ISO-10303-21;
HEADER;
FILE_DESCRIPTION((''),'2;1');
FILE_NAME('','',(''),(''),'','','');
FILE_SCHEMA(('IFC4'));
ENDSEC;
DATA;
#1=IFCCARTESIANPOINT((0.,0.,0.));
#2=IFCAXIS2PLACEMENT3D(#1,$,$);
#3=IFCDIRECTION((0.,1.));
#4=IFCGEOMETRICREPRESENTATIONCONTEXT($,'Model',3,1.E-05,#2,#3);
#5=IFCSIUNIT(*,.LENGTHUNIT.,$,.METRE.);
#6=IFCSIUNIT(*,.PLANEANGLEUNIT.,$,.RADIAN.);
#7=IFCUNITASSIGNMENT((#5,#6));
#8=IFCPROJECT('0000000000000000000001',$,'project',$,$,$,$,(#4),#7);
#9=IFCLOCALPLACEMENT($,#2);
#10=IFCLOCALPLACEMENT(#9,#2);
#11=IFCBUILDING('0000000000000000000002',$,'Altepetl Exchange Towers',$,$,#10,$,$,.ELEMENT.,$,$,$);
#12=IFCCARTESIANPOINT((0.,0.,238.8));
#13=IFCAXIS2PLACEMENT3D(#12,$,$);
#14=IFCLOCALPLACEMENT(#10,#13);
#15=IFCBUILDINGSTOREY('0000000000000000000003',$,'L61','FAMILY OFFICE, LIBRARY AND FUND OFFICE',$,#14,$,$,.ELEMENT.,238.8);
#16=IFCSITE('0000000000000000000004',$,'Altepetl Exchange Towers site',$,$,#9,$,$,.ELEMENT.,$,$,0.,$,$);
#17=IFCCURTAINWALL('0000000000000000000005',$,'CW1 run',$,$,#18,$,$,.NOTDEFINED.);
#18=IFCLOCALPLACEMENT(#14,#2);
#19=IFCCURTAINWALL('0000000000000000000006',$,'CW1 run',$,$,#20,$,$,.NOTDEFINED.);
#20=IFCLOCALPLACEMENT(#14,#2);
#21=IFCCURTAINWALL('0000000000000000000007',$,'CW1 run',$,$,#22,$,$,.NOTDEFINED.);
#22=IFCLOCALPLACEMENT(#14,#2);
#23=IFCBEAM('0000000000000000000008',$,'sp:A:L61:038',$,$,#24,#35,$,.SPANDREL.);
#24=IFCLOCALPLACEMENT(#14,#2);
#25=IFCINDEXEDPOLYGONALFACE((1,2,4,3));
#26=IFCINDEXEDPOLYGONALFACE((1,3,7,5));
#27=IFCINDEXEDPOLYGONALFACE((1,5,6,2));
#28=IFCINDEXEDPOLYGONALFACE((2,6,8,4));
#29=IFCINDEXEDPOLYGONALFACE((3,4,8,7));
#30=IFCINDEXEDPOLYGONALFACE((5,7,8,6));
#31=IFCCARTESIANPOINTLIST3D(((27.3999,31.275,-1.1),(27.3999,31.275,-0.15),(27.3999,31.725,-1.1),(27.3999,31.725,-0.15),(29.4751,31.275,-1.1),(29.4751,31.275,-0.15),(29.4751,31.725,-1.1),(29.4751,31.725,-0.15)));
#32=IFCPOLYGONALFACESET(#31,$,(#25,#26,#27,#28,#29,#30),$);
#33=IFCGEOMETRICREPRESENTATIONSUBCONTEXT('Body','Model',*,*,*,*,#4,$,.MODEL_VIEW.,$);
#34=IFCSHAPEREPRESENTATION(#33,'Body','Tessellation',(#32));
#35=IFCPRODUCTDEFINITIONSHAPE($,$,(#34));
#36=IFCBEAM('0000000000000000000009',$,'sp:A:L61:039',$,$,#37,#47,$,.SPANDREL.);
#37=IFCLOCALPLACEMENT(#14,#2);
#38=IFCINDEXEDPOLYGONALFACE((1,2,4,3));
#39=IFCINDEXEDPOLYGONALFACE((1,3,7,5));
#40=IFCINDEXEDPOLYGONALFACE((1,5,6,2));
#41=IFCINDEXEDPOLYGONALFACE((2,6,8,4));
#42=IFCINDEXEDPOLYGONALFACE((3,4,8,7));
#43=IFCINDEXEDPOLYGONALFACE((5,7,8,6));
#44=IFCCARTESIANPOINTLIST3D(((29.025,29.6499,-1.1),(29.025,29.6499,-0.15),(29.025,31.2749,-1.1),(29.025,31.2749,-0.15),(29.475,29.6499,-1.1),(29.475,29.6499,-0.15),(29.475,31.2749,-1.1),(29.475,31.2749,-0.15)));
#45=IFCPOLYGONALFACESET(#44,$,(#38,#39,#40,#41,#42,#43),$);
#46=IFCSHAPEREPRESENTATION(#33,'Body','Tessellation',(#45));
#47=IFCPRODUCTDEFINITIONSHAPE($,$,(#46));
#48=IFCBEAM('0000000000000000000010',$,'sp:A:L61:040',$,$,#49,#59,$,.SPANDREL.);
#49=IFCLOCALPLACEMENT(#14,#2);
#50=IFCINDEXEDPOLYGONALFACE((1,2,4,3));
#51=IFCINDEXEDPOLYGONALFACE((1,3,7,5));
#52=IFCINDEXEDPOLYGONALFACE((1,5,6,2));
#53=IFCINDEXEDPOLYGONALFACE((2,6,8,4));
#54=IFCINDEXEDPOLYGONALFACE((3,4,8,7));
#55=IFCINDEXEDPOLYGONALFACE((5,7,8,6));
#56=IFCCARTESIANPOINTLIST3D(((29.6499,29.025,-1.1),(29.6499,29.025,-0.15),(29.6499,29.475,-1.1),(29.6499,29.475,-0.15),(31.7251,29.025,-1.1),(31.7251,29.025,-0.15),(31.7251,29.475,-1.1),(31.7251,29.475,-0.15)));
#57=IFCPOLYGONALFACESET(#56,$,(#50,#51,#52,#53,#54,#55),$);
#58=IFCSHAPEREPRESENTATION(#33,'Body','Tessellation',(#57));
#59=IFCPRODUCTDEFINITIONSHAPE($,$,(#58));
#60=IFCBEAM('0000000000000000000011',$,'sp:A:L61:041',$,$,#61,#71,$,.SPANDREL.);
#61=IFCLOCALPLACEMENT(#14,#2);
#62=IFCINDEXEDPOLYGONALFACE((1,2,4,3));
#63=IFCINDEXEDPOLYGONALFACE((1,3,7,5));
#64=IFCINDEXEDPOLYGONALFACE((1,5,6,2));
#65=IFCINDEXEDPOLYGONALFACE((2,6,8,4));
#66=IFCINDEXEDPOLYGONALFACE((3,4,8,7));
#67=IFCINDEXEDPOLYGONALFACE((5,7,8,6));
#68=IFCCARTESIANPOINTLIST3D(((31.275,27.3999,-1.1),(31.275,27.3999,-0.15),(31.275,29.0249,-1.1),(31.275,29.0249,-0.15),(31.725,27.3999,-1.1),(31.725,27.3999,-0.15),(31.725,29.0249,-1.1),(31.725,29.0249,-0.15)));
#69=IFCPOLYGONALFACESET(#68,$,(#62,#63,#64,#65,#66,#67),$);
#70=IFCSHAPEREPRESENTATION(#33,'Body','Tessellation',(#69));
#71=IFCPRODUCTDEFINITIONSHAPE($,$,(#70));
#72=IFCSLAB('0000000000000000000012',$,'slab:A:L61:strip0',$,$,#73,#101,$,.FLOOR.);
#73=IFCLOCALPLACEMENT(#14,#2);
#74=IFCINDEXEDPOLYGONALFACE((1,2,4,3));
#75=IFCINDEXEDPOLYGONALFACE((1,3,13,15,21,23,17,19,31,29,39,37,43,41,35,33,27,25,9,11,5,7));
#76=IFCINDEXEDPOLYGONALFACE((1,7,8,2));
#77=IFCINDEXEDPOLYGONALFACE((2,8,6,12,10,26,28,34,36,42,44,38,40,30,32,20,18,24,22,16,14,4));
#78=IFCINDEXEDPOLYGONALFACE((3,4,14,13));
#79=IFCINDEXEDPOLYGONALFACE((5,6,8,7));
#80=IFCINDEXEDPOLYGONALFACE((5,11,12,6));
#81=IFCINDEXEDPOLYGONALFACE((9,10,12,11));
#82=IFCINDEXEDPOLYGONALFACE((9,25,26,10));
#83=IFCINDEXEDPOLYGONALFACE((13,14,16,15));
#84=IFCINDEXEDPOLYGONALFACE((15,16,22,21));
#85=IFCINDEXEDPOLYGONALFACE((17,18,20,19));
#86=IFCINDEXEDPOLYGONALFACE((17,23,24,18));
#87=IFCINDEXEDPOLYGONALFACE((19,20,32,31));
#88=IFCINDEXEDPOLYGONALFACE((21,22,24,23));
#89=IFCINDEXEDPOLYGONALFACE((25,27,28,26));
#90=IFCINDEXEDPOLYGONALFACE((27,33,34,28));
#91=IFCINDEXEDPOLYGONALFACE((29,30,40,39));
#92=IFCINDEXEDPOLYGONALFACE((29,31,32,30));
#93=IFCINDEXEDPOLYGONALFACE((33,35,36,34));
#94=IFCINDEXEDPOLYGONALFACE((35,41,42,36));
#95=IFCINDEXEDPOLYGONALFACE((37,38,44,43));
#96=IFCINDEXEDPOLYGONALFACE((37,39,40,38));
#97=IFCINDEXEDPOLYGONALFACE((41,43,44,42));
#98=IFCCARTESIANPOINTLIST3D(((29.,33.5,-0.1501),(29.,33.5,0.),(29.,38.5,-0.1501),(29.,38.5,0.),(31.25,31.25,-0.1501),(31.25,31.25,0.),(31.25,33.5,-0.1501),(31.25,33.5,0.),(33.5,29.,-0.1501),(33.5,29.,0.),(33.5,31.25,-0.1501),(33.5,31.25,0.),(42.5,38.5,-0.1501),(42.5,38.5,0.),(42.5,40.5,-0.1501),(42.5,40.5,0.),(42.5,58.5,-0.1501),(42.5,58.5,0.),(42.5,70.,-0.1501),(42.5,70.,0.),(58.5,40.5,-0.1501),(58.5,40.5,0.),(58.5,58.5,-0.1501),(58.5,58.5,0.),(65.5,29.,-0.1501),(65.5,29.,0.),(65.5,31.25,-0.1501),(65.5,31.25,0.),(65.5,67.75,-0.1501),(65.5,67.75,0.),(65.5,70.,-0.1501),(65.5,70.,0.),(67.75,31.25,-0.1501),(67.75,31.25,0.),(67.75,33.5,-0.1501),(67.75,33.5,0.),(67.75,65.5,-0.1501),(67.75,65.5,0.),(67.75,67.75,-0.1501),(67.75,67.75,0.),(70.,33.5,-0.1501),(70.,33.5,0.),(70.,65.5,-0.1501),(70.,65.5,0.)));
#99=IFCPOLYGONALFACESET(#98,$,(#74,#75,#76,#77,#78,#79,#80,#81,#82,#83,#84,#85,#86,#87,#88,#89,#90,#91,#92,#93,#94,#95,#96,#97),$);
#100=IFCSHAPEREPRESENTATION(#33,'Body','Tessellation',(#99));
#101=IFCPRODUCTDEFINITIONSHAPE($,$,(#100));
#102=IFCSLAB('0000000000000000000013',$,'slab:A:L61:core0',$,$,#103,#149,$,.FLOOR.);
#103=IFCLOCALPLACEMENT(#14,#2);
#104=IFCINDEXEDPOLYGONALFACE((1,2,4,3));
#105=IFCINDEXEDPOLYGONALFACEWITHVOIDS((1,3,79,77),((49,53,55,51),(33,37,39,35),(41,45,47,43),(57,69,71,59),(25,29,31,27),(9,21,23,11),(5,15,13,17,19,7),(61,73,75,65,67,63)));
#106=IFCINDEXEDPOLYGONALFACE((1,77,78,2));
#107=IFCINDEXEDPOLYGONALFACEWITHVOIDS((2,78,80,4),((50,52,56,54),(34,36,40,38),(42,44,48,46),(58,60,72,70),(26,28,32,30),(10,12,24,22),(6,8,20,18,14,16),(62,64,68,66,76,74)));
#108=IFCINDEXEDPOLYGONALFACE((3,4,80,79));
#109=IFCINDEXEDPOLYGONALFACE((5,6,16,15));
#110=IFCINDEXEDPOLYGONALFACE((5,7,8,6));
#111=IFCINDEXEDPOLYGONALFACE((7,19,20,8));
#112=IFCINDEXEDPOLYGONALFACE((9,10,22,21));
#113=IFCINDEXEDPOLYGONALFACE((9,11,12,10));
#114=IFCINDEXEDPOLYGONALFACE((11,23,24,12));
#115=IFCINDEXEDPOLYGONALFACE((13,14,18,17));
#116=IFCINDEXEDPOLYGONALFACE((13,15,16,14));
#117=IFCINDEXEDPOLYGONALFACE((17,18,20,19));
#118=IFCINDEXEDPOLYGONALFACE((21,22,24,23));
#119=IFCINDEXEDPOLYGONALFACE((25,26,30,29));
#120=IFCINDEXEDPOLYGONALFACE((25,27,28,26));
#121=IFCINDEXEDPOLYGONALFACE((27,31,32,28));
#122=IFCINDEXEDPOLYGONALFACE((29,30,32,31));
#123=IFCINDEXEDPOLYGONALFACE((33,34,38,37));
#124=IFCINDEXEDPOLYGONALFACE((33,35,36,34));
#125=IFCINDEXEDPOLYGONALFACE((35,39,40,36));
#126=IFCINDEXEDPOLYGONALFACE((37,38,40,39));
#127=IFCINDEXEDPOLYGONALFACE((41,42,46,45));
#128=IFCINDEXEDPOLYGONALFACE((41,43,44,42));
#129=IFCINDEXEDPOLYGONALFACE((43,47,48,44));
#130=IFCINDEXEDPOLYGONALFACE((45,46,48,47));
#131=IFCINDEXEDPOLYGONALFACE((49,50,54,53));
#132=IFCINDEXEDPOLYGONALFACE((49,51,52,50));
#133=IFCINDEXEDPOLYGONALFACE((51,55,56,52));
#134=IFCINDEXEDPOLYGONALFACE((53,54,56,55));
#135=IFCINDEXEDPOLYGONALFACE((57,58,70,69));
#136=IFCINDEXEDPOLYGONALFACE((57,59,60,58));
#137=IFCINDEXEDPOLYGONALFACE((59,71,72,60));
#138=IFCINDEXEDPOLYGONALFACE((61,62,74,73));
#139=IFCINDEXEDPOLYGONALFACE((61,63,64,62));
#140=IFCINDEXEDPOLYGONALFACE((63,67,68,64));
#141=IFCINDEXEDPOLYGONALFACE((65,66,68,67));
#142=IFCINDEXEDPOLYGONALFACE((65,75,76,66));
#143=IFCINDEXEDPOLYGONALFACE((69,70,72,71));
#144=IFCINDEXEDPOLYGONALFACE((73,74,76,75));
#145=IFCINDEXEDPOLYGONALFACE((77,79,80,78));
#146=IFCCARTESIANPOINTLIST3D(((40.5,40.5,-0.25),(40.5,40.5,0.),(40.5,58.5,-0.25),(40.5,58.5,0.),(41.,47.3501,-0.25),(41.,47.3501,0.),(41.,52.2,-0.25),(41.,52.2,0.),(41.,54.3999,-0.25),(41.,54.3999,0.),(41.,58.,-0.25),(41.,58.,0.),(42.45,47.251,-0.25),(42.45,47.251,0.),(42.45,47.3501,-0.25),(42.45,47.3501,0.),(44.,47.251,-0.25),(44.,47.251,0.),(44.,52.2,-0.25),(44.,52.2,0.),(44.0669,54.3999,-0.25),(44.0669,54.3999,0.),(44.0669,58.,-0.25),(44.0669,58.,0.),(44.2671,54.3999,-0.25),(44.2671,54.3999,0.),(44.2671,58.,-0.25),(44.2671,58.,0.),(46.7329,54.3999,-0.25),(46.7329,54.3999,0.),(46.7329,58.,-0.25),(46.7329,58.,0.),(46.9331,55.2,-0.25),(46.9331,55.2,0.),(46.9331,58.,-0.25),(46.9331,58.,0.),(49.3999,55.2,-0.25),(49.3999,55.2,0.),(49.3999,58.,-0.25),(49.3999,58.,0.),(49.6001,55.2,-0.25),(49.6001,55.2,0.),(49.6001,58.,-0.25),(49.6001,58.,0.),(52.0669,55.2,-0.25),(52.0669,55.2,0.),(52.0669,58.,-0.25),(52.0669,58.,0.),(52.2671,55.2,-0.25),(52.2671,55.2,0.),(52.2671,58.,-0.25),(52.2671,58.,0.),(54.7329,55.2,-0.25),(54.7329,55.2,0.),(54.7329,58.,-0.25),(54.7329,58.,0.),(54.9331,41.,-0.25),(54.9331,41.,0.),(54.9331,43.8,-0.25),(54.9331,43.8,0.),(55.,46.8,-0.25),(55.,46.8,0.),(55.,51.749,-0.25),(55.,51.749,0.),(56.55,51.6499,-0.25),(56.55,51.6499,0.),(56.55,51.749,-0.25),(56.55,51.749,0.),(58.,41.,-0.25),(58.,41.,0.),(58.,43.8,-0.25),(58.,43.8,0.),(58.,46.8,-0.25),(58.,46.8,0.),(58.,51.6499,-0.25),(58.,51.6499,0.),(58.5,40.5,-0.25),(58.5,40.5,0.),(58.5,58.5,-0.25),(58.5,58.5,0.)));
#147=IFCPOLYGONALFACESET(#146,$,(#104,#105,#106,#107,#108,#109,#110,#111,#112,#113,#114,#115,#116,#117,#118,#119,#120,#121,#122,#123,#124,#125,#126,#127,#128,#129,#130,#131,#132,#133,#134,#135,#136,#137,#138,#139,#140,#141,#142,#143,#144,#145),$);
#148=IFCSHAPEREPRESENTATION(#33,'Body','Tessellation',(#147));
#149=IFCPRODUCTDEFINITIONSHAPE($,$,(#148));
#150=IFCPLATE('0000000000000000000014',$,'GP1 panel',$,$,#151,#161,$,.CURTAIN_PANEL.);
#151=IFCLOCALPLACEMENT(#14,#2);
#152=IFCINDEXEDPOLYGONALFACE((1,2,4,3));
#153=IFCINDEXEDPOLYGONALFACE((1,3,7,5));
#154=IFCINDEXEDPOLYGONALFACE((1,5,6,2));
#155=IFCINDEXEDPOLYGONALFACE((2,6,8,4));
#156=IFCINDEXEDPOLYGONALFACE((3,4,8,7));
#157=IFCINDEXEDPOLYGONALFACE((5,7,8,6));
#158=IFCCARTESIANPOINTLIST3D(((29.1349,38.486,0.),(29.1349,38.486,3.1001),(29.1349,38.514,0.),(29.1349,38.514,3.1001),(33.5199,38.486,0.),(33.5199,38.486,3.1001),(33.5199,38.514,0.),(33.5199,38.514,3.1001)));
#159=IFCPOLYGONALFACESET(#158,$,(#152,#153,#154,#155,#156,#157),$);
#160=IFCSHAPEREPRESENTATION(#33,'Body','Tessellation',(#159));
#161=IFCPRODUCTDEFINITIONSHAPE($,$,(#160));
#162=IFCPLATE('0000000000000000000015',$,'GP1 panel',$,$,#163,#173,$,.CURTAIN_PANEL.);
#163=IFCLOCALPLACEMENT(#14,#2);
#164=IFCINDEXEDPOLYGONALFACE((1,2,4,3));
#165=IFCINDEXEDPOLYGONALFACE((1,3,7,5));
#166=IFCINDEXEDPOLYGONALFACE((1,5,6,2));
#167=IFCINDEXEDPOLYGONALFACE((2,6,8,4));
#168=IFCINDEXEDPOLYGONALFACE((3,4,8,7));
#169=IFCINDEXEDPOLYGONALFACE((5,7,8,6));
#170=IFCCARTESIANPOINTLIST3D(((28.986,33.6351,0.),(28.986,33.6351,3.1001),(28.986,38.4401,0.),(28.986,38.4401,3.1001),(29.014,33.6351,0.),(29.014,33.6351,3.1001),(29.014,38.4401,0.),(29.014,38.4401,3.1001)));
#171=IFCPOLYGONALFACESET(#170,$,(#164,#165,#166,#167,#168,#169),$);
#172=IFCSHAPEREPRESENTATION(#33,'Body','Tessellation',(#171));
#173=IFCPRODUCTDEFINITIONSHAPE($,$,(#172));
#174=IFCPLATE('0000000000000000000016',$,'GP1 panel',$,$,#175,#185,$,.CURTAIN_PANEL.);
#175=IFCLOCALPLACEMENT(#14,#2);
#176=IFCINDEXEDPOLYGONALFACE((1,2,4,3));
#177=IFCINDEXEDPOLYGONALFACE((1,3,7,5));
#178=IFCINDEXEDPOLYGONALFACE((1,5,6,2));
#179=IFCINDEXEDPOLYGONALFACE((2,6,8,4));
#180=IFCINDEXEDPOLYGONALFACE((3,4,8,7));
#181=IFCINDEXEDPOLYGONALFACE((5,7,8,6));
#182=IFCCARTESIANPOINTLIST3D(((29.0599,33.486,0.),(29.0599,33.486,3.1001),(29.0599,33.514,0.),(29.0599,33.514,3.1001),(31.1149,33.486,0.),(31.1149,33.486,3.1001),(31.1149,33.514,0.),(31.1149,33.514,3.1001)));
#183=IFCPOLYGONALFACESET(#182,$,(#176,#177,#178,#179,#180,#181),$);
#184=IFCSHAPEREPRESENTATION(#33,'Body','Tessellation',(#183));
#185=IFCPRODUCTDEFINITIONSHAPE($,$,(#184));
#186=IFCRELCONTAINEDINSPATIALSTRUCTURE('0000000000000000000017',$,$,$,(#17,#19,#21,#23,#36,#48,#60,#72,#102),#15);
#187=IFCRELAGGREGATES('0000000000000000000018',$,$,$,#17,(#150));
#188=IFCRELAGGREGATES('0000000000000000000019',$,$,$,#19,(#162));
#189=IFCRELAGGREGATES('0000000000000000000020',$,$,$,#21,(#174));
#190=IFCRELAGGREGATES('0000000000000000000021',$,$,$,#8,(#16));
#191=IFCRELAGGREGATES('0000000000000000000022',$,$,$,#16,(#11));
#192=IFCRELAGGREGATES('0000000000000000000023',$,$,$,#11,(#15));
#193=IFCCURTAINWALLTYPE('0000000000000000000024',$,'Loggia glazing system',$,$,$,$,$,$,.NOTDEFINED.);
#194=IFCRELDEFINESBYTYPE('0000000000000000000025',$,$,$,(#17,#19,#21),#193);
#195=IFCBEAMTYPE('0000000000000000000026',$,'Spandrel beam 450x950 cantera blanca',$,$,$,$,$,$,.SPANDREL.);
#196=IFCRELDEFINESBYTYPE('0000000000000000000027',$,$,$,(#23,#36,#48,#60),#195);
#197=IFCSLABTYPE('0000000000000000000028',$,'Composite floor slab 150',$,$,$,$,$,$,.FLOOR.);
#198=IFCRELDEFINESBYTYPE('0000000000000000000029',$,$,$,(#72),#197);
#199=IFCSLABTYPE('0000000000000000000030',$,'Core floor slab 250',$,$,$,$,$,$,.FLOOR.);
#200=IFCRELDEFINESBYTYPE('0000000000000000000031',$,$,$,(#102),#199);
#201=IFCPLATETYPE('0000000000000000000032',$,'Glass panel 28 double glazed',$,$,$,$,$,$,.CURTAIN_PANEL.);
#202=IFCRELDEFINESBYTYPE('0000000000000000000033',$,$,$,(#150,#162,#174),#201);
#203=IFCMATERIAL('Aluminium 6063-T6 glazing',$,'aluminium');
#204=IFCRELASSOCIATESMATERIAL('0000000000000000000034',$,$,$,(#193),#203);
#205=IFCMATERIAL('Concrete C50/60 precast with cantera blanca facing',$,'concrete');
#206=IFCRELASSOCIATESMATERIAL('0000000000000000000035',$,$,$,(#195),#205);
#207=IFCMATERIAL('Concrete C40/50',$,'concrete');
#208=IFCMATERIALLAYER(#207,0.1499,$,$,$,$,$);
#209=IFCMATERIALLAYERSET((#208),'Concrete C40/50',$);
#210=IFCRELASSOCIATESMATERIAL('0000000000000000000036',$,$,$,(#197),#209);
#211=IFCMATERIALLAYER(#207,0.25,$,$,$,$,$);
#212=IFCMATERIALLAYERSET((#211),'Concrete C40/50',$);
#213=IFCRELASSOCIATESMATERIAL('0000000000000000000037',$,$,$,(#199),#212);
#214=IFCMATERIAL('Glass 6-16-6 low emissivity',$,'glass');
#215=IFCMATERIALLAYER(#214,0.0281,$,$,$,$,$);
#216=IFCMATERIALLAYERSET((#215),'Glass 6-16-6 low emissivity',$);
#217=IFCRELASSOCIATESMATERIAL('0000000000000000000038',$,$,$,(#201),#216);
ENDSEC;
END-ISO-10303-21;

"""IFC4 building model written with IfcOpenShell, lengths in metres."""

from ifc_helpers import new_model, si_unit, direction, frame, origin, origin_2d, place, context, subcontext, project, spatial, polyline, rectangle, outline, extrude, material, layer, layer_set, material_profile, profile_set, type_object, element, aggregate, save


model = new_model("IFC4")

# Units and contexts
model_context = context("Model", 3, precision=1e-05, world=origin(), true_north=direction((0.0, 1.0)))
body_context = subcontext(model_context, "Body", "Model", "MODEL_VIEW")
ifc_project = project(units=[si_unit("LENGTHUNIT", "METRE"), si_unit("PLANEANGLEUNIT", "RADIAN")], contexts=[model_context])

# Site, building, storey
site_placement = place(None, origin())
site = spatial("IfcSite", under=ifc_project, at=site_placement, Name="Altepetl Exchange Towers site", CompositionType="ELEMENT", RefElevation=0.0)
building_placement = place(site_placement, origin())
building = spatial("IfcBuilding", under=site, at=building_placement, Name="Altepetl Exchange Towers", CompositionType="ELEMENT")
storey_placement = place(building_placement, frame((0.0, 0.0, 238.8)))
storey = spatial("IfcBuildingStorey", under=building, at=storey_placement, Name="L61", Description="FAMILY OFFICE, LIBRARY AND FUND OFFICE", CompositionType="ELEMENT", Elevation=238.8)

# Curtain wall
ifc_material_1 = material(Name="Aluminium 6063-T6 glazing", Category="aluminium")
curtain_wall_type = type_object("IfcCurtainWallType", Name="Loggia glazing system", PredefinedType="NOTDEFINED", material=ifc_material_1)
curtain_wall_1_placement = place(storey_placement, origin())
curtain_wall_1 = element("IfcCurtainWall", 1, at=curtain_wall_1_placement, inside=storey, type_object=curtain_wall_type, Name="CW1 run", PredefinedType="NOTDEFINED")

# Curtain walls
curtain_wall_2_placement = place(storey_placement, origin())
curtain_wall_2 = element("IfcCurtainWall", 2, at=curtain_wall_2_placement, inside=storey, type_object=curtain_wall_type, Name="CW1 run", PredefinedType="NOTDEFINED")
curtain_wall_3_placement = place(storey_placement, origin())
curtain_wall_3 = element("IfcCurtainWall", 3, at=curtain_wall_3_placement, inside=storey, type_object=curtain_wall_type, Name="CW1 run", PredefinedType="NOTDEFINED")

# Beams
ifc_material_2 = material(Name="Concrete C50/60 precast with cantera blanca facing", Category="concrete")
ifc_material_profile_1 = material_profile(ifc_material_2, rectangle(XDim=0.45, YDim=0.95, at=origin_2d()), Name="450 x 950")
ifc_profile_set_1 = profile_set([ifc_material_profile_1], Name="Concrete C50/60 precast with cantera blanca facing")
beam_type = type_object("IfcBeamType", Name="Spandrel beam 450x950 cantera blanca", PredefinedType="SPANDREL", material=ifc_profile_set_1)
beam_1_placement = place(storey_placement, frame((27.3999, 31.5, -0.625), z_axis=(1.0, 0.0, 0.0), x_axis=(0.0, 1.0, 0.0)))
element("IfcBeam", 4, at=beam_1_placement, inside=storey, type_object=beam_type, Name="sp:A:L61:038", PredefinedType="SPANDREL", context=body_context, shape_type="SweptSolid", body=[
    extrude(rectangle(XDim=0.45, YDim=0.95, at=origin_2d()), origin(), (0.0, 0.0, 1.0), 2.0752),
])
beam_2_placement = place(storey_placement, frame((29.25, 31.2749, -0.625), z_axis=(0.0, -1.0, 0.0), x_axis=(1.0, 0.0, 0.0)))
element("IfcBeam", 5, at=beam_2_placement, inside=storey, type_object=beam_type, Name="sp:A:L61:039", PredefinedType="SPANDREL", context=body_context, shape_type="SweptSolid", body=[
    extrude(rectangle(XDim=0.45, YDim=0.95, at=origin_2d()), origin(), (0.0, 0.0, 1.0), 1.625),
])
beam_3_placement = place(storey_placement, frame((29.6499, 29.25, -0.625), z_axis=(1.0, 0.0, 0.0), x_axis=(0.0, 1.0, 0.0)))
element("IfcBeam", 6, at=beam_3_placement, inside=storey, type_object=beam_type, Name="sp:A:L61:040", PredefinedType="SPANDREL", context=body_context, shape_type="SweptSolid", body=[
    extrude(rectangle(XDim=0.45, YDim=0.95, at=origin_2d()), origin(), (0.0, 0.0, 1.0), 2.0752),
])
beam_4_placement = place(storey_placement, frame((31.5, 29.0249, -0.625), z_axis=(0.0, -1.0, 0.0), x_axis=(1.0, 0.0, 0.0)))
element("IfcBeam", 7, at=beam_4_placement, inside=storey, type_object=beam_type, Name="sp:A:L61:041", PredefinedType="SPANDREL", context=body_context, shape_type="SweptSolid", body=[
    extrude(rectangle(XDim=0.45, YDim=0.95, at=origin_2d()), origin(), (0.0, 0.0, 1.0), 1.625),
])

# Slabs
ifc_material_3 = material(Name="Concrete C40/50", Category="concrete")
ifc_layer_1 = layer(ifc_material_3, 0.1499)
ifc_layer_set_1 = layer_set([ifc_layer_1], Name="Concrete C40/50")
slab_type_1 = type_object("IfcSlabType", Name="Composite floor slab 150", PredefinedType="FLOOR", material=ifc_layer_set_1)
slab_1_placement = place(storey_placement, frame((0.0, 0.0, -0.1501)))
element("IfcSlab", 8, at=slab_1_placement, inside=storey, type_object=slab_type_1, Name="slab:A:L61:strip0", PredefinedType="FLOOR", context=body_context, shape_type="SweptSolid", body=[
    extrude(outline(polyline([(42.5, 70.0), (42.5, 58.5), (58.5, 58.5), (58.5, 40.5), (42.5, 40.5), (42.5, 38.5), (29.0, 38.5), (29.0, 33.5), (31.25, 33.5), (31.25, 31.25), (33.5, 31.25), (33.5, 29.0), (65.5, 29.0), (65.5, 31.25), (67.75, 31.25), (67.75, 33.5), (70.0, 33.5), (70.0, 65.5), (67.75, 65.5), (67.75, 67.75), (65.5, 67.75), (65.5, 70.0), (42.5, 70.0)])), origin(), (0.0, 0.0, 1.0), 0.1501),
])
ifc_layer_2 = layer(ifc_material_3, 0.25)
ifc_layer_set_2 = layer_set([ifc_layer_2], Name="Concrete C40/50")
slab_type_2 = type_object("IfcSlabType", Name="Core floor slab 250", PredefinedType="FLOOR", material=ifc_layer_set_2)
slab_2_placement = place(storey_placement, frame((0.0, 0.0, -0.25)))
element("IfcSlab", 9, at=slab_2_placement, inside=storey, type_object=slab_type_2, Name="slab:A:L61:core0", PredefinedType="FLOOR", context=body_context, shape_type="SweptSolid", body=[
    extrude(outline(polyline([(40.5, 40.5), (58.5, 40.5), (58.5, 58.5), (40.5, 58.5), (40.5, 40.5)]), holes=[polyline([(54.9331, 43.8), (58.0, 43.8), (58.0, 41.0), (54.9331, 41.0), (54.9331, 43.8)]), polyline([(55.0, 51.749), (56.55, 51.749), (56.55, 51.6499), (58.0, 51.6499), (58.0, 46.8), (55.0, 46.8), (55.0, 51.749)]), polyline([(44.0, 47.251), (42.45, 47.251), (42.45, 47.3501), (41.0, 47.3501), (41.0, 52.2), (44.0, 52.2), (44.0, 47.251)]), polyline([(41.0, 58.0), (44.0669, 58.0), (44.0669, 54.3999), (41.0, 54.3999), (41.0, 58.0)]), polyline([(44.2671, 58.0), (46.7329, 58.0), (46.7329, 54.3999), (44.2671, 54.3999), (44.2671, 58.0)]), polyline([(46.9331, 58.0), (49.3999, 58.0), (49.3999, 55.2), (46.9331, 55.2), (46.9331, 58.0)]), polyline([(49.6001, 58.0), (52.0669, 58.0), (52.0669, 55.2), (49.6001, 55.2), (49.6001, 58.0)]), polyline([(52.2671, 58.0), (54.7329, 58.0), (54.7329, 55.2), (52.2671, 55.2), (52.2671, 58.0)])]), origin(), (0.0, 0.0, 1.0), 0.25),
])

# Plates
ifc_material_4 = material(Name="Glass 6-16-6 low emissivity", Category="glass")
ifc_layer_3 = layer(ifc_material_4, 0.0281)
ifc_layer_set_3 = layer_set([ifc_layer_3], Name="Glass 6-16-6 low emissivity")
plate_type = type_object("IfcPlateType", Name="Glass panel 28 double glazed", PredefinedType="CURTAIN_PANEL", material=ifc_layer_set_3)
plate_1_placement = place(storey_placement, frame((31.3274, 38.5, 0.0), z_axis=(0.0, 0.0, 1.0), x_axis=(-1.0, 0.0, 0.0)))
plate_1 = element("IfcPlate", 10, at=plate_1_placement, type_object=plate_type, Name="GP1 panel", PredefinedType="CURTAIN_PANEL", context=body_context, shape_type="SweptSolid", body=[
    extrude(rectangle(XDim=4.385, YDim=0.0281, at=origin_2d()), origin(), (0.0, 0.0, 1.0), 3.1001),
])
aggregate(curtain_wall_1, [plate_1])
plate_2_placement = place(storey_placement, frame((29.0, 36.0376, 0.0), z_axis=(0.0, 0.0, 1.0), x_axis=(0.0, -1.0, 0.0)))
plate_2 = element("IfcPlate", 11, at=plate_2_placement, type_object=plate_type, Name="GP1 panel", PredefinedType="CURTAIN_PANEL", context=body_context, shape_type="SweptSolid", body=[
    extrude(rectangle(XDim=4.8049, YDim=0.0281, at=origin_2d()), origin(), (0.0, 0.0, 1.0), 3.1001),
])
aggregate(curtain_wall_2, [plate_2])
plate_3_placement = place(storey_placement, frame((30.0874, 33.5, 0.0)))
plate_3 = element("IfcPlate", 12, at=plate_3_placement, type_object=plate_type, Name="GP1 panel", PredefinedType="CURTAIN_PANEL", context=body_context, shape_type="SweptSolid", body=[
    extrude(rectangle(XDim=2.0549, YDim=0.0281, at=origin_2d()), origin(), (0.0, 0.0, 1.0), 3.1001),
])
aggregate(curtain_wall_3, [plate_3])

save(model, "model.ifc")
